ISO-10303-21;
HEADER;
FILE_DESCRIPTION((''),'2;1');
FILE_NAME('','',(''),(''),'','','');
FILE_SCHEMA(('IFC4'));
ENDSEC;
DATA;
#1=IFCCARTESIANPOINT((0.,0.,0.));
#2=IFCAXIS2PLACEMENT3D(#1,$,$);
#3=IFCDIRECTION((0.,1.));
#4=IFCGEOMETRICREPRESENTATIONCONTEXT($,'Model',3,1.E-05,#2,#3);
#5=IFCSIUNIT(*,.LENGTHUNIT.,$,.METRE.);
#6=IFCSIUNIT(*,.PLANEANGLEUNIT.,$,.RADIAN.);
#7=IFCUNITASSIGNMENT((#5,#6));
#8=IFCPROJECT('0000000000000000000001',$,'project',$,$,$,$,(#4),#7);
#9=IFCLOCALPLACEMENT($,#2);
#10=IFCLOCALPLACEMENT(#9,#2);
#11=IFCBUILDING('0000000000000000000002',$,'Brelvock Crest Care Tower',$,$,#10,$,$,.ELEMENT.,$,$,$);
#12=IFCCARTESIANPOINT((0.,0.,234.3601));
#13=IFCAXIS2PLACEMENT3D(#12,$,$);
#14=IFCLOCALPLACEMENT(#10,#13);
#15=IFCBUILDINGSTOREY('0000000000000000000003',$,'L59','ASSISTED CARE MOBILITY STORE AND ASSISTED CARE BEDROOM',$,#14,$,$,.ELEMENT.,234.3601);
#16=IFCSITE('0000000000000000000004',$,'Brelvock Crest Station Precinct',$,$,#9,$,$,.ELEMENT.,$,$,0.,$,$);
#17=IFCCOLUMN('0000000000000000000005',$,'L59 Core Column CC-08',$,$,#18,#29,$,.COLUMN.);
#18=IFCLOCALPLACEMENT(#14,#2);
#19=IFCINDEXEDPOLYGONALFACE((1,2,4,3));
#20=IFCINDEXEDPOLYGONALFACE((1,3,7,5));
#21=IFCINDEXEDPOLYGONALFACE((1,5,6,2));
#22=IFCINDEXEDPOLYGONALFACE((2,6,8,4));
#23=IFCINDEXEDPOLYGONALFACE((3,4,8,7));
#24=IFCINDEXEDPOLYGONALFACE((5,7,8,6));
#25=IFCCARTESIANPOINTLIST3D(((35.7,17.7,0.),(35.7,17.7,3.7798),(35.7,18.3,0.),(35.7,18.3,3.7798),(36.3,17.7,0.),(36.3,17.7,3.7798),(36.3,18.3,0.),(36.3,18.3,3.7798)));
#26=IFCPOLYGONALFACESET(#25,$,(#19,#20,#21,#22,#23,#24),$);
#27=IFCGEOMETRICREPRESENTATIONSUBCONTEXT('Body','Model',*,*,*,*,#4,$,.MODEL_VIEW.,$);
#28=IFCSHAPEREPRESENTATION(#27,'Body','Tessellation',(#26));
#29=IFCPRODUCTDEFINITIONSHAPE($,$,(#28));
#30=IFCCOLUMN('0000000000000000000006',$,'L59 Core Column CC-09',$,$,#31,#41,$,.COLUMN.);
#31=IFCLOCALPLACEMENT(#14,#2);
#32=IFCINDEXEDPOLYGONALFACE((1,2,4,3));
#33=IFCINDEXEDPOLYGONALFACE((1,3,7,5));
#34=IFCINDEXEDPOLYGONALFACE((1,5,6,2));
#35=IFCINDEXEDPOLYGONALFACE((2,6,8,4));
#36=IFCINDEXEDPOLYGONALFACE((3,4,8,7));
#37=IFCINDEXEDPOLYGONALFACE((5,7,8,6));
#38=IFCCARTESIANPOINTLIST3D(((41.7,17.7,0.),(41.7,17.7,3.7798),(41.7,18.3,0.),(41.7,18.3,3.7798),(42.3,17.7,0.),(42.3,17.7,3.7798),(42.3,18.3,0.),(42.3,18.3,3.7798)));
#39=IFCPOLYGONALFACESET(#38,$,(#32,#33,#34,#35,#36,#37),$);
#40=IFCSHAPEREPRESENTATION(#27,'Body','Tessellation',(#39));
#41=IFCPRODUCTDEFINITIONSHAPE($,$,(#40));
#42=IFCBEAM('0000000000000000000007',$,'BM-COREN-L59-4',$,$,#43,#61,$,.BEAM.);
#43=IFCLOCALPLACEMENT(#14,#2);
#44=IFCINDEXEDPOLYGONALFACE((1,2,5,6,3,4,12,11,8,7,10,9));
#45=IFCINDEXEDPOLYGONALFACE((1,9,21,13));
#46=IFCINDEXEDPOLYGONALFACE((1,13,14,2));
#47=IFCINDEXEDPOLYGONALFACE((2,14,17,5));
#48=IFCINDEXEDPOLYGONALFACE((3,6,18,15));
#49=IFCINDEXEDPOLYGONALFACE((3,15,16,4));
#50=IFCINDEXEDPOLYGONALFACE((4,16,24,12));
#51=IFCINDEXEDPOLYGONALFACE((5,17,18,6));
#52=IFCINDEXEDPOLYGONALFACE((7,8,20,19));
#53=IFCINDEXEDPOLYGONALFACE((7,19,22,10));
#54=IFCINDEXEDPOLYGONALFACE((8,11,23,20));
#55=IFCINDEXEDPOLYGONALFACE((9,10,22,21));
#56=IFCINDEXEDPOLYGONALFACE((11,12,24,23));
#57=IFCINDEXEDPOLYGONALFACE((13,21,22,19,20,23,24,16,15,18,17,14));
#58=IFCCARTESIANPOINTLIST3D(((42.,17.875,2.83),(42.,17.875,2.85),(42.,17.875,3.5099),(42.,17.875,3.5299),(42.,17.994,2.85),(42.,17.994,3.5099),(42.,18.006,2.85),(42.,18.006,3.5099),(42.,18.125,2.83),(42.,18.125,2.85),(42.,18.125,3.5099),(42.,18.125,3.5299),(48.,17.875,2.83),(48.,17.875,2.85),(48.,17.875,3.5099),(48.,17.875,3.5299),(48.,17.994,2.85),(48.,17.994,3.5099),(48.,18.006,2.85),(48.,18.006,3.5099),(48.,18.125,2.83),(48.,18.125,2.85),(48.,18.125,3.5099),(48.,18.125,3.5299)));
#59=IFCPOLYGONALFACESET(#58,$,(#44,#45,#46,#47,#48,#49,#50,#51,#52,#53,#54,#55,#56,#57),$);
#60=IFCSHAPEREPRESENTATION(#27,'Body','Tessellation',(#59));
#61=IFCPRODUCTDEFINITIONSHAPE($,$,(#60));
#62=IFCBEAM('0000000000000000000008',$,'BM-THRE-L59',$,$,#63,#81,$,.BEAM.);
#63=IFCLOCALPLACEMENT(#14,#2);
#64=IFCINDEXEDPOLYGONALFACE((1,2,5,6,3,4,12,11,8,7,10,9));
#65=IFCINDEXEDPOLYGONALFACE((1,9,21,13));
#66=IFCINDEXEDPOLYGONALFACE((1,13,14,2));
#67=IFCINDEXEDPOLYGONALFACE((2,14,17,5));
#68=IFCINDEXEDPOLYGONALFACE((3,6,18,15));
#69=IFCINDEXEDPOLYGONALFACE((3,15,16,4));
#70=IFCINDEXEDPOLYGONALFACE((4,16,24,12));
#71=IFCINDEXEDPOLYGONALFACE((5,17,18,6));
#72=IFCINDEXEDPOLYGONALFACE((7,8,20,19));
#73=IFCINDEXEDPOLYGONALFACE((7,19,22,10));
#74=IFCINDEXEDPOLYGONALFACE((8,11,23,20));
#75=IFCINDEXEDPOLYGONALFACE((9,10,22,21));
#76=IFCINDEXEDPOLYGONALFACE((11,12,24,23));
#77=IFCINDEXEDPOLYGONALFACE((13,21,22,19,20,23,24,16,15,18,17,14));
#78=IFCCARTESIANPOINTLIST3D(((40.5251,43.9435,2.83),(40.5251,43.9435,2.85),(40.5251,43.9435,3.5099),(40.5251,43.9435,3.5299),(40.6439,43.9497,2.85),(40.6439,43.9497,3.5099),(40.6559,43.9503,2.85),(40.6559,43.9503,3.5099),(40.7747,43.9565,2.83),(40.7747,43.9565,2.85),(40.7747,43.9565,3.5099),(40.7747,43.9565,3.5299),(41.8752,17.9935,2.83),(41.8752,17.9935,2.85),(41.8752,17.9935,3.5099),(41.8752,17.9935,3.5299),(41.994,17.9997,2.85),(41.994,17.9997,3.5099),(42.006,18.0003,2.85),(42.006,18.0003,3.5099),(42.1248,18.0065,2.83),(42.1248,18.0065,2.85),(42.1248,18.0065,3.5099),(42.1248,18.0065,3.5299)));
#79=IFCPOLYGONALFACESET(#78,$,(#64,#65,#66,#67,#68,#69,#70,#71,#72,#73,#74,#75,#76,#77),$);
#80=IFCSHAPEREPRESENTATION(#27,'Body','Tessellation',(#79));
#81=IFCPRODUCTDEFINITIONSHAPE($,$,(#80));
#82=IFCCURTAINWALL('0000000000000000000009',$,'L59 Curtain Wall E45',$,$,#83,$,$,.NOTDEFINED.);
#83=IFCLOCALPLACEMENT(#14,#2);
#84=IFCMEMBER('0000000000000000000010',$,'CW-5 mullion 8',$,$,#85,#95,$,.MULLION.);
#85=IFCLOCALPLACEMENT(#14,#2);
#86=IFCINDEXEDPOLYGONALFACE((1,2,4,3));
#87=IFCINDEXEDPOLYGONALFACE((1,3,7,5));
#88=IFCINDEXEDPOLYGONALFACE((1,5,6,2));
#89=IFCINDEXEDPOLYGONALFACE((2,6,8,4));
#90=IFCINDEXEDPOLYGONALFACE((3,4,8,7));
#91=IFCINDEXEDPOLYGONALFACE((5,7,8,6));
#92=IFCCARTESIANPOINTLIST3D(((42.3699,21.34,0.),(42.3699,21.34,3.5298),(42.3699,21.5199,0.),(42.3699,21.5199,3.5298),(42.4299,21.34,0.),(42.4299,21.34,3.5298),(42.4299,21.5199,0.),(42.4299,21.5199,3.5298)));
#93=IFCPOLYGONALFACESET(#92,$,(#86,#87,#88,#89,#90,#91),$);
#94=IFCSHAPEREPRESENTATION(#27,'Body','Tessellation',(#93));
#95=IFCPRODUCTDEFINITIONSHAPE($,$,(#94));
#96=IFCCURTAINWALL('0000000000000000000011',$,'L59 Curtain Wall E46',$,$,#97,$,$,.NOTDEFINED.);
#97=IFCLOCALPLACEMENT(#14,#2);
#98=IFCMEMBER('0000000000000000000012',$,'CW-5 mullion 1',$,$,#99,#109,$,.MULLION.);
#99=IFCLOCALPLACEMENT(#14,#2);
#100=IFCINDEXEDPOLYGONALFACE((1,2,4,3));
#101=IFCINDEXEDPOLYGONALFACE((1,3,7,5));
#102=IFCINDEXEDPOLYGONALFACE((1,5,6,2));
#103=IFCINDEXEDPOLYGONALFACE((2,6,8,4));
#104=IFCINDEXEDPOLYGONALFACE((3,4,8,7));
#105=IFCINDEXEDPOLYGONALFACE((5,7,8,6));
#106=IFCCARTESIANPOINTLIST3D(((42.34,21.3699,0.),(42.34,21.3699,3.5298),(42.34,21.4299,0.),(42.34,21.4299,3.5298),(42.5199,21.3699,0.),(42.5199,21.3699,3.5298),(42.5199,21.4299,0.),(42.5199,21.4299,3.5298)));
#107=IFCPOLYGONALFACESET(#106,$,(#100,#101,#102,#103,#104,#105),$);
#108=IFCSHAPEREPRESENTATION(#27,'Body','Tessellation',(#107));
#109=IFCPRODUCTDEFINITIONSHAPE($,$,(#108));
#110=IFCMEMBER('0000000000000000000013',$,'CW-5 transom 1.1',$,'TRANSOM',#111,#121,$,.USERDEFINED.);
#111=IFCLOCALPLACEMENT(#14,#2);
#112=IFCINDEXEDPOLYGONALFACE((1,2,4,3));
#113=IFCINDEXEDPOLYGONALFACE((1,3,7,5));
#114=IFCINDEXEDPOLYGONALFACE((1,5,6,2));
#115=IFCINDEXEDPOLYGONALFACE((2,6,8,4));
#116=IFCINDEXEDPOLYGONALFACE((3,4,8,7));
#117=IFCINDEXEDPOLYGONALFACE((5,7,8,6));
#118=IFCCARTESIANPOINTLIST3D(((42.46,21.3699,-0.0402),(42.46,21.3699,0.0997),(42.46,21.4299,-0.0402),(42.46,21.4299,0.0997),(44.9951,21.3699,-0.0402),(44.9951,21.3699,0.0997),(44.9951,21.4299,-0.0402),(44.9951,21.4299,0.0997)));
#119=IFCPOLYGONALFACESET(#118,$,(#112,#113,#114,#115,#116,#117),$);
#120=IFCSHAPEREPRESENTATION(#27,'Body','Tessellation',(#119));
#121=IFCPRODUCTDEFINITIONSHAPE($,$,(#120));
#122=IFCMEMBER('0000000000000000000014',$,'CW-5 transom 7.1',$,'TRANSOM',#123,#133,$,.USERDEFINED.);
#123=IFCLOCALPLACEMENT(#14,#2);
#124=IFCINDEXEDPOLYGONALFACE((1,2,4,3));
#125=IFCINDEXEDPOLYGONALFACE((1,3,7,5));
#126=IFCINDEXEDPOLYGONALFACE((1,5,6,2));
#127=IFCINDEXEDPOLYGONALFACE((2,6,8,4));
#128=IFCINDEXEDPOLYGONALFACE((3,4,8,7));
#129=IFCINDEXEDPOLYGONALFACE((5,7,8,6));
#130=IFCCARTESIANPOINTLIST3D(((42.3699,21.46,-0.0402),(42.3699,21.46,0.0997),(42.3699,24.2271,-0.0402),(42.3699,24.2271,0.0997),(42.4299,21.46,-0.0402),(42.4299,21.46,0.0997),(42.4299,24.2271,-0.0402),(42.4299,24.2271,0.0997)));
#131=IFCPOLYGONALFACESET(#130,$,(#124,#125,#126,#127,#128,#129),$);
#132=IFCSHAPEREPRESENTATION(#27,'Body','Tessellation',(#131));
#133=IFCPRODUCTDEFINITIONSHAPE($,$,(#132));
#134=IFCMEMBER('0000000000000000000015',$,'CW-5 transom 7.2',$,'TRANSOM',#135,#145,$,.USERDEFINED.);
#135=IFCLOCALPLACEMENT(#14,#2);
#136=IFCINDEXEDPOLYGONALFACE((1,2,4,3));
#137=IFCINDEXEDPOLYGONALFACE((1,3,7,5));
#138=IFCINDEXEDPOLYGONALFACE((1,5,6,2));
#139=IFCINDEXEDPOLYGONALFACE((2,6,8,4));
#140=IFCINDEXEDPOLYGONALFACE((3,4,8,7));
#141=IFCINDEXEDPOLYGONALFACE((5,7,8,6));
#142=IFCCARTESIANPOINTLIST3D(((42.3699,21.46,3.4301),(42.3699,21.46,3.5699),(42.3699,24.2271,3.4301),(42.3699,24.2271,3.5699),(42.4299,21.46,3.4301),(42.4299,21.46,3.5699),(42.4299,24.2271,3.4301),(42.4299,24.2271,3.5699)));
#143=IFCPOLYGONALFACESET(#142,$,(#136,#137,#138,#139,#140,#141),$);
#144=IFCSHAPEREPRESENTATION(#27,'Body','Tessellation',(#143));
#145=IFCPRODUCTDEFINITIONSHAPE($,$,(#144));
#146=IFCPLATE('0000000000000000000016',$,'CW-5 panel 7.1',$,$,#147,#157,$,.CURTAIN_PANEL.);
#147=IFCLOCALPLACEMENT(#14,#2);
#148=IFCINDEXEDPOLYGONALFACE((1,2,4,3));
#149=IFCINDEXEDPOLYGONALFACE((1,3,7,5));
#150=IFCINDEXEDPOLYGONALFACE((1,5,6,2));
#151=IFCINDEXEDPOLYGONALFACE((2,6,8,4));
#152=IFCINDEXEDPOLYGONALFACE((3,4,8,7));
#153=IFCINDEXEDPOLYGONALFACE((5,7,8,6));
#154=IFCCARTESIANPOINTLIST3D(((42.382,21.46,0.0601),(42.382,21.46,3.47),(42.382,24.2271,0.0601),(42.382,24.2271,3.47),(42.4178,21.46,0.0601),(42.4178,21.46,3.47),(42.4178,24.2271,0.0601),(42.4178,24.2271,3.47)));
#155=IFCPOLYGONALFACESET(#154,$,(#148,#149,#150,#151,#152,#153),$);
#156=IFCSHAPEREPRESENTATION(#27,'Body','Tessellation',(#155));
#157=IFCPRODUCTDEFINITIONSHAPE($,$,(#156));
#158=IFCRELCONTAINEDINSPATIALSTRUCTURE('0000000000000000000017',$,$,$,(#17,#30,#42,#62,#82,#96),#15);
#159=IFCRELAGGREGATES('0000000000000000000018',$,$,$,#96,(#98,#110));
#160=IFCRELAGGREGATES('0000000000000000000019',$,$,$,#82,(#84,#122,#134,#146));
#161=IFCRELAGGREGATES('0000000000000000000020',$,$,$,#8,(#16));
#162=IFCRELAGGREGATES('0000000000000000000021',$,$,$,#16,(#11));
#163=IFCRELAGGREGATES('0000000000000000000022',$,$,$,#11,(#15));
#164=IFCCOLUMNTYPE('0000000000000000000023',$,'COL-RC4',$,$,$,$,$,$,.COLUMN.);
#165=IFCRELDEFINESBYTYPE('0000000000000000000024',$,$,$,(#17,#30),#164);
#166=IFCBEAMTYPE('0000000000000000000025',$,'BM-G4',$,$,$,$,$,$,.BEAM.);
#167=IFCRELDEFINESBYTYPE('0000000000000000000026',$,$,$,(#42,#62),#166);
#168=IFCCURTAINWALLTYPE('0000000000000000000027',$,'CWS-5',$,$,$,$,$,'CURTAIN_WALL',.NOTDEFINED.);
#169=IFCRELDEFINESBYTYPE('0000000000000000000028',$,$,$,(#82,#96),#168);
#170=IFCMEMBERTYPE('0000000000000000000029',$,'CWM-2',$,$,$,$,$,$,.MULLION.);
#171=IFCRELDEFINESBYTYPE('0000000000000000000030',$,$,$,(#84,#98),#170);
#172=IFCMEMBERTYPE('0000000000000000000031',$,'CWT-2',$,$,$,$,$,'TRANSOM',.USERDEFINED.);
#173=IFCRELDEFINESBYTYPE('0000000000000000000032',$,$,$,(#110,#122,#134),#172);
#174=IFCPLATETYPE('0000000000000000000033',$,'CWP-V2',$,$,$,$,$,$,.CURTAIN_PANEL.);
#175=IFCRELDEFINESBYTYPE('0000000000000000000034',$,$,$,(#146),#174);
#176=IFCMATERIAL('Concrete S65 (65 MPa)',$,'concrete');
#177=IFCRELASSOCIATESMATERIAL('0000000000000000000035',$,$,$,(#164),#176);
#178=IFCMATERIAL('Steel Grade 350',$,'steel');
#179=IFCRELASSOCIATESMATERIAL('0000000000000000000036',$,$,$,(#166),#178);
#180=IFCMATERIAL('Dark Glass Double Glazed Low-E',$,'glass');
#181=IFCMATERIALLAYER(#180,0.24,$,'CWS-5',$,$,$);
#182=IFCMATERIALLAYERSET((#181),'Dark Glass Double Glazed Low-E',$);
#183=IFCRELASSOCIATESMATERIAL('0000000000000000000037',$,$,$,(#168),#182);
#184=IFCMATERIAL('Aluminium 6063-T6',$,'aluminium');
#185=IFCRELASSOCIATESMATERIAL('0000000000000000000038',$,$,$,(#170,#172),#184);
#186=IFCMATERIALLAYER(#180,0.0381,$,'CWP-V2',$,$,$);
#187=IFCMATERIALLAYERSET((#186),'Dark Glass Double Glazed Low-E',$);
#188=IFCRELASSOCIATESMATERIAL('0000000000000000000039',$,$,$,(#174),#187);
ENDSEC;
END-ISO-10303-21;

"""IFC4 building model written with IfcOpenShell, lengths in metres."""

from ifc_helpers import new_model, si_unit, direction, frame, origin, origin_2d, place, context, subcontext, project, spatial, rectangle, i_section, extrude, source, transform, mapped, material, layer, layer_set, material_profile, profile_set, type_object, element, aggregate, save


model = new_model("IFC4")

# Units and contexts
model_context = context("Model", 3, precision=1e-05, world=origin(), true_north=direction((0.0, 1.0)))
body_context = subcontext(model_context, "Body", "Model", "MODEL_VIEW")
ifc_project = project(units=[si_unit("LENGTHUNIT", "METRE"), si_unit("PLANEANGLEUNIT", "RADIAN")], contexts=[model_context])

# Site, building, storey
site_placement = place(None, origin())
site = spatial("IfcSite", under=ifc_project, at=site_placement, Name="Brelvock Crest Station Precinct", CompositionType="ELEMENT", RefElevation=0.0)
building_placement = place(site_placement, origin())
building = spatial("IfcBuilding", under=site, at=building_placement, Name="Brelvock Crest Care Tower", CompositionType="ELEMENT")
storey_placement = place(building_placement, frame((0.0, 0.0, 234.3601)))
storey = spatial("IfcBuildingStorey", under=building, at=storey_placement, Name="L59", Description="ASSISTED CARE MOBILITY STORE AND ASSISTED CARE BEDROOM", CompositionType="ELEMENT", Elevation=234.3601)

# Columns
ifc_material_1 = material(Name="Concrete S65 (65 MPa)", Category="concrete")
ifc_material_profile_1 = material_profile(ifc_material_1, rectangle(XDim=0.6001, YDim=0.6001, at=origin_2d()), Name="RC600x600")
ifc_profile_set_1 = profile_set([ifc_material_profile_1], Name="Concrete S65 (65 MPa)")
column_type = type_object("IfcColumnType", Name="COL-RC4", PredefinedType="COLUMN", material=ifc_profile_set_1)
shared_shape_1 = source(origin(), body_context, "Body", "SweptSolid", [
    extrude(rectangle(XDim=0.6001, YDim=0.6001, at=origin_2d()), origin(), (0.0, 0.0, 1.0), 3.7798),
])
for number, where, z_axis, x_axis, name in (
    (1, (36.0, 18.0, 0.0), (0.0, 0.0, 1.0), (1.0, 0.0, 0.0), "L59 Core Column CC-08"),
    (2, (42.0, 18.0, 0.0), (0.0, 0.0, 1.0), (1.0, 0.0, 0.0), "L59 Core Column CC-09"),
):
    element("IfcColumn", number, at=place(storey_placement, frame(where, z_axis=z_axis, x_axis=x_axis)), inside=storey, type_object=column_type, Name=name, PredefinedType="COLUMN", context=body_context, shape_type="MappedRepresentation", body=[
        mapped(shared_shape_1, transform((0.0, 0.0, 0.0), x_axis=(1.0, 0.0, 0.0), y_axis=(0.0, 1.0, 0.0), z_axis=(0.0, 0.0, 1.0), scale=1.0)),
    ])

# Beams
ifc_material_2 = material(Name="Steel Grade 350", Category="steel")
ifc_material_profile_2 = material_profile(ifc_material_2, i_section(OverallWidth=0.25, OverallDepth=0.7, WebThickness=0.012, FlangeThickness=0.02, at=origin_2d()), Name="700WB150")
ifc_profile_set_2 = profile_set([ifc_material_profile_2], Name="Steel Grade 350")
beam_type = type_object("IfcBeamType", Name="BM-G4", PredefinedType="BEAM", material=ifc_profile_set_2)
shared_shape_2 = source(origin(), body_context, "Body", "SweptSolid", [
    extrude(i_section(OverallWidth=0.25, OverallDepth=0.7, WebThickness=0.012, FlangeThickness=0.02, at=origin_2d()), origin(), (0.0, 0.0, 1.0), 6.0),
])
beam_1_placement = place(storey_placement, frame((42.0, 18.0, 3.1799), z_axis=(1.0, 0.0, 0.0), x_axis=(0.0, 1.0, 0.0)))
element("IfcBeam", 3, at=beam_1_placement, inside=storey, type_object=beam_type, Name="BM-COREN-L59-4", PredefinedType="BEAM", context=body_context, shape_type="MappedRepresentation", body=[
    mapped(shared_shape_2, transform((0.0, 0.0, 0.0), x_axis=(1.0, 0.0, 0.0), y_axis=(0.0, 1.0, 0.0), z_axis=(0.0, 0.0, 1.0), scale=1.0)),
])
shared_shape_3 = source(origin(), body_context, "Body", "SweptSolid", [
    extrude(i_section(OverallWidth=0.25, OverallDepth=0.7, WebThickness=0.012, FlangeThickness=0.02, at=origin_2d()), origin(), (0.0, 0.0, 1.0), 25.9851),
])
beam_2_placement = place(storey_placement, frame((42.0, 18.0, 3.1799), z_axis=(-0.051957, 0.998649, 0.0), x_axis=(-0.998649, -0.051957, 0.0)))
element("IfcBeam", 4, at=beam_2_placement, inside=storey, type_object=beam_type, Name="BM-THRE-L59", PredefinedType="BEAM", context=body_context, shape_type="MappedRepresentation", body=[
    mapped(shared_shape_3, transform((0.0, 0.0, 0.0), x_axis=(1.0, 0.0, 0.0), y_axis=(0.0, 1.0, 0.0), z_axis=(0.0, 0.0, 1.0), scale=1.0)),
])

# Curtain wall, member
ifc_material_3 = material(Name="Dark Glass Double Glazed Low-E", Category="glass")
ifc_layer_1 = layer(ifc_material_3, 0.24, Name="CWS-5")
ifc_layer_set_1 = layer_set([ifc_layer_1], Name="Dark Glass Double Glazed Low-E")
curtain_wall_type = type_object("IfcCurtainWallType", Name="CWS-5", ElementType="CURTAIN_WALL", PredefinedType="NOTDEFINED", material=ifc_layer_set_1)
curtain_wall_1_placement = place(storey_placement, origin())
curtain_wall_1 = element("IfcCurtainWall", 5, at=curtain_wall_1_placement, inside=storey, type_object=curtain_wall_type, Name="L59 Curtain Wall E45", PredefinedType="NOTDEFINED")
ifc_material_4 = material(Name="Aluminium 6063-T6", Category="aluminium")
ifc_material_profile_3 = material_profile(ifc_material_4, rectangle(XDim=0.0601, YDim=0.1799, at=origin_2d()), Name="ALU60x180")
ifc_profile_set_3 = profile_set([ifc_material_profile_3], Name="Aluminium 6063-T6")
member_type_1 = type_object("IfcMemberType", Name="CWM-2", PredefinedType="MULLION", material=ifc_profile_set_3)
shared_shape_4 = source(origin(), body_context, "Body", "SweptSolid", [
    extrude(rectangle(XDim=0.0601, YDim=0.1799, at=origin_2d()), origin(), (0.0, 0.0, 1.0), 3.5298),
])
member_1_placement = place(storey_placement, frame((42.3999, 21.4299, 0.0), z_axis=(0.0, 0.0, 1.0), x_axis=(1.0, 0.0, 0.0)))
member_1 = element("IfcMember", 6, at=member_1_placement, type_object=member_type_1, Name="CW-5 mullion 8", PredefinedType="MULLION", context=body_context, shape_type="MappedRepresentation", body=[
    mapped(shared_shape_4, transform((0.0, 0.0, 0.0), x_axis=(1.0, 0.0, 0.0), y_axis=(0.0, 1.0, 0.0), z_axis=(0.0, 0.0, 1.0), scale=1.0)),
])

# Curtain wall, members
curtain_wall_2_placement = place(storey_placement, origin())
curtain_wall_2 = element("IfcCurtainWall", 7, at=curtain_wall_2_placement, inside=storey, type_object=curtain_wall_type, Name="L59 Curtain Wall E46", PredefinedType="NOTDEFINED")
member_2_placement = place(storey_placement, frame((42.4299, 21.3999, 0.0), z_axis=(0.0, 0.0, 1.0), x_axis=(0.0, 1.0, 0.0)))
member_2 = element("IfcMember", 8, at=member_2_placement, type_object=member_type_1, Name="CW-5 mullion 1", PredefinedType="MULLION", context=body_context, shape_type="MappedRepresentation", body=[
    mapped(shared_shape_4, transform((0.0, 0.0, 0.0), x_axis=(1.0, 0.0, 0.0), y_axis=(0.0, 1.0, 0.0), z_axis=(0.0, 0.0, 1.0), scale=1.0)),
])
ifc_material_profile_4 = material_profile(ifc_material_4, rectangle(XDim=0.0601, YDim=0.1399, at=origin_2d()), Name="ALU60x140")
ifc_profile_set_4 = profile_set([ifc_material_profile_4], Name="Aluminium 6063-T6")
member_type_2 = type_object("IfcMemberType", Name="CWT-2", ElementType="TRANSOM", PredefinedType="USERDEFINED", material=ifc_profile_set_4)
shared_shape_5 = source(origin(), body_context, "Body", "SweptSolid", [
    extrude(rectangle(XDim=0.0601, YDim=0.1399, at=origin_2d()), origin(), (0.0, 0.0, 1.0), 2.5352),
])
member_3_placement = place(storey_placement, frame((42.46, 21.3999, 0.0298), z_axis=(1.0, 0.0, 0.0), x_axis=(0.0, 1.0, 0.0)))
member_3 = element("IfcMember", 9, at=member_3_placement, type_object=member_type_2, Name="CW-5 transom 1.1", ObjectType="TRANSOM", PredefinedType="USERDEFINED", context=body_context, shape_type="MappedRepresentation", body=[
    mapped(shared_shape_5, transform((0.0, 0.0, 0.0), x_axis=(1.0, 0.0, 0.0), y_axis=(0.0, 1.0, 0.0), z_axis=(0.0, 0.0, 1.0), scale=1.0)),
])
aggregate(curtain_wall_2, [member_2, member_3])

# Members
shared_shape_6 = source(origin(), body_context, "Body", "SweptSolid", [
    extrude(rectangle(XDim=0.0601, YDim=0.1399, at=origin_2d()), origin(), (0.0, 0.0, 1.0), 2.7671),
])
member_4_placement = place(storey_placement, frame((42.3999, 24.2271, 0.0298), z_axis=(0.0, -1.0, 0.0), x_axis=(1.0, 0.0, 0.0)))
member_4 = element("IfcMember", 10, at=member_4_placement, type_object=member_type_2, Name="CW-5 transom 7.1", ObjectType="TRANSOM", PredefinedType="USERDEFINED", context=body_context, shape_type="MappedRepresentation", body=[
    mapped(shared_shape_6, transform((0.0, 0.0, 0.0), x_axis=(1.0, 0.0, 0.0), y_axis=(0.0, 1.0, 0.0), z_axis=(0.0, 0.0, 1.0), scale=1.0)),
])
member_5_placement = place(storey_placement, frame((42.3999, 24.2271, 3.5), z_axis=(0.0, -1.0, 0.0), x_axis=(1.0, 0.0, 0.0)))
member_5 = element("IfcMember", 11, at=member_5_placement, type_object=member_type_2, Name="CW-5 transom 7.2", ObjectType="TRANSOM", PredefinedType="USERDEFINED", context=body_context, shape_type="MappedRepresentation", body=[
    mapped(shared_shape_6, transform((0.0, 0.0, 0.0), x_axis=(1.0, 0.0, 0.0), y_axis=(0.0, 1.0, 0.0), z_axis=(0.0, 0.0, 1.0), scale=1.0)),
])

# Plate
ifc_layer_2 = layer(ifc_material_3, 0.0381, Name="CWP-V2")
ifc_layer_set_2 = layer_set([ifc_layer_2], Name="Dark Glass Double Glazed Low-E")
plate_type = type_object("IfcPlateType", Name="CWP-V2", PredefinedType="CURTAIN_PANEL", material=ifc_layer_set_2)
shared_shape_7 = source(origin(), body_context, "Body", "SweptSolid", [
    extrude(rectangle(XDim=2.7671, YDim=0.0359, at=origin_2d()), origin(), (0.0, 0.0, 1.0), 3.4099),
])
plate_placement = place(storey_placement, frame((42.3999, 22.8435, 0.0601), z_axis=(0.0, 0.0, 1.0), x_axis=(0.0, -1.0, 0.0)))
plate = element("IfcPlate", 12, at=plate_placement, type_object=plate_type, Name="CW-5 panel 7.1", PredefinedType="CURTAIN_PANEL", context=body_context, shape_type="MappedRepresentation", body=[
    mapped(shared_shape_7, transform((0.0, 0.0, 0.0), x_axis=(1.0, 0.0, 0.0), y_axis=(0.0, 1.0, 0.0), z_axis=(0.0, 0.0, 1.0), scale=1.0)),
])
aggregate(curtain_wall_1, [member_1, member_4, member_5, plate])

save(model, "model.ifc")
